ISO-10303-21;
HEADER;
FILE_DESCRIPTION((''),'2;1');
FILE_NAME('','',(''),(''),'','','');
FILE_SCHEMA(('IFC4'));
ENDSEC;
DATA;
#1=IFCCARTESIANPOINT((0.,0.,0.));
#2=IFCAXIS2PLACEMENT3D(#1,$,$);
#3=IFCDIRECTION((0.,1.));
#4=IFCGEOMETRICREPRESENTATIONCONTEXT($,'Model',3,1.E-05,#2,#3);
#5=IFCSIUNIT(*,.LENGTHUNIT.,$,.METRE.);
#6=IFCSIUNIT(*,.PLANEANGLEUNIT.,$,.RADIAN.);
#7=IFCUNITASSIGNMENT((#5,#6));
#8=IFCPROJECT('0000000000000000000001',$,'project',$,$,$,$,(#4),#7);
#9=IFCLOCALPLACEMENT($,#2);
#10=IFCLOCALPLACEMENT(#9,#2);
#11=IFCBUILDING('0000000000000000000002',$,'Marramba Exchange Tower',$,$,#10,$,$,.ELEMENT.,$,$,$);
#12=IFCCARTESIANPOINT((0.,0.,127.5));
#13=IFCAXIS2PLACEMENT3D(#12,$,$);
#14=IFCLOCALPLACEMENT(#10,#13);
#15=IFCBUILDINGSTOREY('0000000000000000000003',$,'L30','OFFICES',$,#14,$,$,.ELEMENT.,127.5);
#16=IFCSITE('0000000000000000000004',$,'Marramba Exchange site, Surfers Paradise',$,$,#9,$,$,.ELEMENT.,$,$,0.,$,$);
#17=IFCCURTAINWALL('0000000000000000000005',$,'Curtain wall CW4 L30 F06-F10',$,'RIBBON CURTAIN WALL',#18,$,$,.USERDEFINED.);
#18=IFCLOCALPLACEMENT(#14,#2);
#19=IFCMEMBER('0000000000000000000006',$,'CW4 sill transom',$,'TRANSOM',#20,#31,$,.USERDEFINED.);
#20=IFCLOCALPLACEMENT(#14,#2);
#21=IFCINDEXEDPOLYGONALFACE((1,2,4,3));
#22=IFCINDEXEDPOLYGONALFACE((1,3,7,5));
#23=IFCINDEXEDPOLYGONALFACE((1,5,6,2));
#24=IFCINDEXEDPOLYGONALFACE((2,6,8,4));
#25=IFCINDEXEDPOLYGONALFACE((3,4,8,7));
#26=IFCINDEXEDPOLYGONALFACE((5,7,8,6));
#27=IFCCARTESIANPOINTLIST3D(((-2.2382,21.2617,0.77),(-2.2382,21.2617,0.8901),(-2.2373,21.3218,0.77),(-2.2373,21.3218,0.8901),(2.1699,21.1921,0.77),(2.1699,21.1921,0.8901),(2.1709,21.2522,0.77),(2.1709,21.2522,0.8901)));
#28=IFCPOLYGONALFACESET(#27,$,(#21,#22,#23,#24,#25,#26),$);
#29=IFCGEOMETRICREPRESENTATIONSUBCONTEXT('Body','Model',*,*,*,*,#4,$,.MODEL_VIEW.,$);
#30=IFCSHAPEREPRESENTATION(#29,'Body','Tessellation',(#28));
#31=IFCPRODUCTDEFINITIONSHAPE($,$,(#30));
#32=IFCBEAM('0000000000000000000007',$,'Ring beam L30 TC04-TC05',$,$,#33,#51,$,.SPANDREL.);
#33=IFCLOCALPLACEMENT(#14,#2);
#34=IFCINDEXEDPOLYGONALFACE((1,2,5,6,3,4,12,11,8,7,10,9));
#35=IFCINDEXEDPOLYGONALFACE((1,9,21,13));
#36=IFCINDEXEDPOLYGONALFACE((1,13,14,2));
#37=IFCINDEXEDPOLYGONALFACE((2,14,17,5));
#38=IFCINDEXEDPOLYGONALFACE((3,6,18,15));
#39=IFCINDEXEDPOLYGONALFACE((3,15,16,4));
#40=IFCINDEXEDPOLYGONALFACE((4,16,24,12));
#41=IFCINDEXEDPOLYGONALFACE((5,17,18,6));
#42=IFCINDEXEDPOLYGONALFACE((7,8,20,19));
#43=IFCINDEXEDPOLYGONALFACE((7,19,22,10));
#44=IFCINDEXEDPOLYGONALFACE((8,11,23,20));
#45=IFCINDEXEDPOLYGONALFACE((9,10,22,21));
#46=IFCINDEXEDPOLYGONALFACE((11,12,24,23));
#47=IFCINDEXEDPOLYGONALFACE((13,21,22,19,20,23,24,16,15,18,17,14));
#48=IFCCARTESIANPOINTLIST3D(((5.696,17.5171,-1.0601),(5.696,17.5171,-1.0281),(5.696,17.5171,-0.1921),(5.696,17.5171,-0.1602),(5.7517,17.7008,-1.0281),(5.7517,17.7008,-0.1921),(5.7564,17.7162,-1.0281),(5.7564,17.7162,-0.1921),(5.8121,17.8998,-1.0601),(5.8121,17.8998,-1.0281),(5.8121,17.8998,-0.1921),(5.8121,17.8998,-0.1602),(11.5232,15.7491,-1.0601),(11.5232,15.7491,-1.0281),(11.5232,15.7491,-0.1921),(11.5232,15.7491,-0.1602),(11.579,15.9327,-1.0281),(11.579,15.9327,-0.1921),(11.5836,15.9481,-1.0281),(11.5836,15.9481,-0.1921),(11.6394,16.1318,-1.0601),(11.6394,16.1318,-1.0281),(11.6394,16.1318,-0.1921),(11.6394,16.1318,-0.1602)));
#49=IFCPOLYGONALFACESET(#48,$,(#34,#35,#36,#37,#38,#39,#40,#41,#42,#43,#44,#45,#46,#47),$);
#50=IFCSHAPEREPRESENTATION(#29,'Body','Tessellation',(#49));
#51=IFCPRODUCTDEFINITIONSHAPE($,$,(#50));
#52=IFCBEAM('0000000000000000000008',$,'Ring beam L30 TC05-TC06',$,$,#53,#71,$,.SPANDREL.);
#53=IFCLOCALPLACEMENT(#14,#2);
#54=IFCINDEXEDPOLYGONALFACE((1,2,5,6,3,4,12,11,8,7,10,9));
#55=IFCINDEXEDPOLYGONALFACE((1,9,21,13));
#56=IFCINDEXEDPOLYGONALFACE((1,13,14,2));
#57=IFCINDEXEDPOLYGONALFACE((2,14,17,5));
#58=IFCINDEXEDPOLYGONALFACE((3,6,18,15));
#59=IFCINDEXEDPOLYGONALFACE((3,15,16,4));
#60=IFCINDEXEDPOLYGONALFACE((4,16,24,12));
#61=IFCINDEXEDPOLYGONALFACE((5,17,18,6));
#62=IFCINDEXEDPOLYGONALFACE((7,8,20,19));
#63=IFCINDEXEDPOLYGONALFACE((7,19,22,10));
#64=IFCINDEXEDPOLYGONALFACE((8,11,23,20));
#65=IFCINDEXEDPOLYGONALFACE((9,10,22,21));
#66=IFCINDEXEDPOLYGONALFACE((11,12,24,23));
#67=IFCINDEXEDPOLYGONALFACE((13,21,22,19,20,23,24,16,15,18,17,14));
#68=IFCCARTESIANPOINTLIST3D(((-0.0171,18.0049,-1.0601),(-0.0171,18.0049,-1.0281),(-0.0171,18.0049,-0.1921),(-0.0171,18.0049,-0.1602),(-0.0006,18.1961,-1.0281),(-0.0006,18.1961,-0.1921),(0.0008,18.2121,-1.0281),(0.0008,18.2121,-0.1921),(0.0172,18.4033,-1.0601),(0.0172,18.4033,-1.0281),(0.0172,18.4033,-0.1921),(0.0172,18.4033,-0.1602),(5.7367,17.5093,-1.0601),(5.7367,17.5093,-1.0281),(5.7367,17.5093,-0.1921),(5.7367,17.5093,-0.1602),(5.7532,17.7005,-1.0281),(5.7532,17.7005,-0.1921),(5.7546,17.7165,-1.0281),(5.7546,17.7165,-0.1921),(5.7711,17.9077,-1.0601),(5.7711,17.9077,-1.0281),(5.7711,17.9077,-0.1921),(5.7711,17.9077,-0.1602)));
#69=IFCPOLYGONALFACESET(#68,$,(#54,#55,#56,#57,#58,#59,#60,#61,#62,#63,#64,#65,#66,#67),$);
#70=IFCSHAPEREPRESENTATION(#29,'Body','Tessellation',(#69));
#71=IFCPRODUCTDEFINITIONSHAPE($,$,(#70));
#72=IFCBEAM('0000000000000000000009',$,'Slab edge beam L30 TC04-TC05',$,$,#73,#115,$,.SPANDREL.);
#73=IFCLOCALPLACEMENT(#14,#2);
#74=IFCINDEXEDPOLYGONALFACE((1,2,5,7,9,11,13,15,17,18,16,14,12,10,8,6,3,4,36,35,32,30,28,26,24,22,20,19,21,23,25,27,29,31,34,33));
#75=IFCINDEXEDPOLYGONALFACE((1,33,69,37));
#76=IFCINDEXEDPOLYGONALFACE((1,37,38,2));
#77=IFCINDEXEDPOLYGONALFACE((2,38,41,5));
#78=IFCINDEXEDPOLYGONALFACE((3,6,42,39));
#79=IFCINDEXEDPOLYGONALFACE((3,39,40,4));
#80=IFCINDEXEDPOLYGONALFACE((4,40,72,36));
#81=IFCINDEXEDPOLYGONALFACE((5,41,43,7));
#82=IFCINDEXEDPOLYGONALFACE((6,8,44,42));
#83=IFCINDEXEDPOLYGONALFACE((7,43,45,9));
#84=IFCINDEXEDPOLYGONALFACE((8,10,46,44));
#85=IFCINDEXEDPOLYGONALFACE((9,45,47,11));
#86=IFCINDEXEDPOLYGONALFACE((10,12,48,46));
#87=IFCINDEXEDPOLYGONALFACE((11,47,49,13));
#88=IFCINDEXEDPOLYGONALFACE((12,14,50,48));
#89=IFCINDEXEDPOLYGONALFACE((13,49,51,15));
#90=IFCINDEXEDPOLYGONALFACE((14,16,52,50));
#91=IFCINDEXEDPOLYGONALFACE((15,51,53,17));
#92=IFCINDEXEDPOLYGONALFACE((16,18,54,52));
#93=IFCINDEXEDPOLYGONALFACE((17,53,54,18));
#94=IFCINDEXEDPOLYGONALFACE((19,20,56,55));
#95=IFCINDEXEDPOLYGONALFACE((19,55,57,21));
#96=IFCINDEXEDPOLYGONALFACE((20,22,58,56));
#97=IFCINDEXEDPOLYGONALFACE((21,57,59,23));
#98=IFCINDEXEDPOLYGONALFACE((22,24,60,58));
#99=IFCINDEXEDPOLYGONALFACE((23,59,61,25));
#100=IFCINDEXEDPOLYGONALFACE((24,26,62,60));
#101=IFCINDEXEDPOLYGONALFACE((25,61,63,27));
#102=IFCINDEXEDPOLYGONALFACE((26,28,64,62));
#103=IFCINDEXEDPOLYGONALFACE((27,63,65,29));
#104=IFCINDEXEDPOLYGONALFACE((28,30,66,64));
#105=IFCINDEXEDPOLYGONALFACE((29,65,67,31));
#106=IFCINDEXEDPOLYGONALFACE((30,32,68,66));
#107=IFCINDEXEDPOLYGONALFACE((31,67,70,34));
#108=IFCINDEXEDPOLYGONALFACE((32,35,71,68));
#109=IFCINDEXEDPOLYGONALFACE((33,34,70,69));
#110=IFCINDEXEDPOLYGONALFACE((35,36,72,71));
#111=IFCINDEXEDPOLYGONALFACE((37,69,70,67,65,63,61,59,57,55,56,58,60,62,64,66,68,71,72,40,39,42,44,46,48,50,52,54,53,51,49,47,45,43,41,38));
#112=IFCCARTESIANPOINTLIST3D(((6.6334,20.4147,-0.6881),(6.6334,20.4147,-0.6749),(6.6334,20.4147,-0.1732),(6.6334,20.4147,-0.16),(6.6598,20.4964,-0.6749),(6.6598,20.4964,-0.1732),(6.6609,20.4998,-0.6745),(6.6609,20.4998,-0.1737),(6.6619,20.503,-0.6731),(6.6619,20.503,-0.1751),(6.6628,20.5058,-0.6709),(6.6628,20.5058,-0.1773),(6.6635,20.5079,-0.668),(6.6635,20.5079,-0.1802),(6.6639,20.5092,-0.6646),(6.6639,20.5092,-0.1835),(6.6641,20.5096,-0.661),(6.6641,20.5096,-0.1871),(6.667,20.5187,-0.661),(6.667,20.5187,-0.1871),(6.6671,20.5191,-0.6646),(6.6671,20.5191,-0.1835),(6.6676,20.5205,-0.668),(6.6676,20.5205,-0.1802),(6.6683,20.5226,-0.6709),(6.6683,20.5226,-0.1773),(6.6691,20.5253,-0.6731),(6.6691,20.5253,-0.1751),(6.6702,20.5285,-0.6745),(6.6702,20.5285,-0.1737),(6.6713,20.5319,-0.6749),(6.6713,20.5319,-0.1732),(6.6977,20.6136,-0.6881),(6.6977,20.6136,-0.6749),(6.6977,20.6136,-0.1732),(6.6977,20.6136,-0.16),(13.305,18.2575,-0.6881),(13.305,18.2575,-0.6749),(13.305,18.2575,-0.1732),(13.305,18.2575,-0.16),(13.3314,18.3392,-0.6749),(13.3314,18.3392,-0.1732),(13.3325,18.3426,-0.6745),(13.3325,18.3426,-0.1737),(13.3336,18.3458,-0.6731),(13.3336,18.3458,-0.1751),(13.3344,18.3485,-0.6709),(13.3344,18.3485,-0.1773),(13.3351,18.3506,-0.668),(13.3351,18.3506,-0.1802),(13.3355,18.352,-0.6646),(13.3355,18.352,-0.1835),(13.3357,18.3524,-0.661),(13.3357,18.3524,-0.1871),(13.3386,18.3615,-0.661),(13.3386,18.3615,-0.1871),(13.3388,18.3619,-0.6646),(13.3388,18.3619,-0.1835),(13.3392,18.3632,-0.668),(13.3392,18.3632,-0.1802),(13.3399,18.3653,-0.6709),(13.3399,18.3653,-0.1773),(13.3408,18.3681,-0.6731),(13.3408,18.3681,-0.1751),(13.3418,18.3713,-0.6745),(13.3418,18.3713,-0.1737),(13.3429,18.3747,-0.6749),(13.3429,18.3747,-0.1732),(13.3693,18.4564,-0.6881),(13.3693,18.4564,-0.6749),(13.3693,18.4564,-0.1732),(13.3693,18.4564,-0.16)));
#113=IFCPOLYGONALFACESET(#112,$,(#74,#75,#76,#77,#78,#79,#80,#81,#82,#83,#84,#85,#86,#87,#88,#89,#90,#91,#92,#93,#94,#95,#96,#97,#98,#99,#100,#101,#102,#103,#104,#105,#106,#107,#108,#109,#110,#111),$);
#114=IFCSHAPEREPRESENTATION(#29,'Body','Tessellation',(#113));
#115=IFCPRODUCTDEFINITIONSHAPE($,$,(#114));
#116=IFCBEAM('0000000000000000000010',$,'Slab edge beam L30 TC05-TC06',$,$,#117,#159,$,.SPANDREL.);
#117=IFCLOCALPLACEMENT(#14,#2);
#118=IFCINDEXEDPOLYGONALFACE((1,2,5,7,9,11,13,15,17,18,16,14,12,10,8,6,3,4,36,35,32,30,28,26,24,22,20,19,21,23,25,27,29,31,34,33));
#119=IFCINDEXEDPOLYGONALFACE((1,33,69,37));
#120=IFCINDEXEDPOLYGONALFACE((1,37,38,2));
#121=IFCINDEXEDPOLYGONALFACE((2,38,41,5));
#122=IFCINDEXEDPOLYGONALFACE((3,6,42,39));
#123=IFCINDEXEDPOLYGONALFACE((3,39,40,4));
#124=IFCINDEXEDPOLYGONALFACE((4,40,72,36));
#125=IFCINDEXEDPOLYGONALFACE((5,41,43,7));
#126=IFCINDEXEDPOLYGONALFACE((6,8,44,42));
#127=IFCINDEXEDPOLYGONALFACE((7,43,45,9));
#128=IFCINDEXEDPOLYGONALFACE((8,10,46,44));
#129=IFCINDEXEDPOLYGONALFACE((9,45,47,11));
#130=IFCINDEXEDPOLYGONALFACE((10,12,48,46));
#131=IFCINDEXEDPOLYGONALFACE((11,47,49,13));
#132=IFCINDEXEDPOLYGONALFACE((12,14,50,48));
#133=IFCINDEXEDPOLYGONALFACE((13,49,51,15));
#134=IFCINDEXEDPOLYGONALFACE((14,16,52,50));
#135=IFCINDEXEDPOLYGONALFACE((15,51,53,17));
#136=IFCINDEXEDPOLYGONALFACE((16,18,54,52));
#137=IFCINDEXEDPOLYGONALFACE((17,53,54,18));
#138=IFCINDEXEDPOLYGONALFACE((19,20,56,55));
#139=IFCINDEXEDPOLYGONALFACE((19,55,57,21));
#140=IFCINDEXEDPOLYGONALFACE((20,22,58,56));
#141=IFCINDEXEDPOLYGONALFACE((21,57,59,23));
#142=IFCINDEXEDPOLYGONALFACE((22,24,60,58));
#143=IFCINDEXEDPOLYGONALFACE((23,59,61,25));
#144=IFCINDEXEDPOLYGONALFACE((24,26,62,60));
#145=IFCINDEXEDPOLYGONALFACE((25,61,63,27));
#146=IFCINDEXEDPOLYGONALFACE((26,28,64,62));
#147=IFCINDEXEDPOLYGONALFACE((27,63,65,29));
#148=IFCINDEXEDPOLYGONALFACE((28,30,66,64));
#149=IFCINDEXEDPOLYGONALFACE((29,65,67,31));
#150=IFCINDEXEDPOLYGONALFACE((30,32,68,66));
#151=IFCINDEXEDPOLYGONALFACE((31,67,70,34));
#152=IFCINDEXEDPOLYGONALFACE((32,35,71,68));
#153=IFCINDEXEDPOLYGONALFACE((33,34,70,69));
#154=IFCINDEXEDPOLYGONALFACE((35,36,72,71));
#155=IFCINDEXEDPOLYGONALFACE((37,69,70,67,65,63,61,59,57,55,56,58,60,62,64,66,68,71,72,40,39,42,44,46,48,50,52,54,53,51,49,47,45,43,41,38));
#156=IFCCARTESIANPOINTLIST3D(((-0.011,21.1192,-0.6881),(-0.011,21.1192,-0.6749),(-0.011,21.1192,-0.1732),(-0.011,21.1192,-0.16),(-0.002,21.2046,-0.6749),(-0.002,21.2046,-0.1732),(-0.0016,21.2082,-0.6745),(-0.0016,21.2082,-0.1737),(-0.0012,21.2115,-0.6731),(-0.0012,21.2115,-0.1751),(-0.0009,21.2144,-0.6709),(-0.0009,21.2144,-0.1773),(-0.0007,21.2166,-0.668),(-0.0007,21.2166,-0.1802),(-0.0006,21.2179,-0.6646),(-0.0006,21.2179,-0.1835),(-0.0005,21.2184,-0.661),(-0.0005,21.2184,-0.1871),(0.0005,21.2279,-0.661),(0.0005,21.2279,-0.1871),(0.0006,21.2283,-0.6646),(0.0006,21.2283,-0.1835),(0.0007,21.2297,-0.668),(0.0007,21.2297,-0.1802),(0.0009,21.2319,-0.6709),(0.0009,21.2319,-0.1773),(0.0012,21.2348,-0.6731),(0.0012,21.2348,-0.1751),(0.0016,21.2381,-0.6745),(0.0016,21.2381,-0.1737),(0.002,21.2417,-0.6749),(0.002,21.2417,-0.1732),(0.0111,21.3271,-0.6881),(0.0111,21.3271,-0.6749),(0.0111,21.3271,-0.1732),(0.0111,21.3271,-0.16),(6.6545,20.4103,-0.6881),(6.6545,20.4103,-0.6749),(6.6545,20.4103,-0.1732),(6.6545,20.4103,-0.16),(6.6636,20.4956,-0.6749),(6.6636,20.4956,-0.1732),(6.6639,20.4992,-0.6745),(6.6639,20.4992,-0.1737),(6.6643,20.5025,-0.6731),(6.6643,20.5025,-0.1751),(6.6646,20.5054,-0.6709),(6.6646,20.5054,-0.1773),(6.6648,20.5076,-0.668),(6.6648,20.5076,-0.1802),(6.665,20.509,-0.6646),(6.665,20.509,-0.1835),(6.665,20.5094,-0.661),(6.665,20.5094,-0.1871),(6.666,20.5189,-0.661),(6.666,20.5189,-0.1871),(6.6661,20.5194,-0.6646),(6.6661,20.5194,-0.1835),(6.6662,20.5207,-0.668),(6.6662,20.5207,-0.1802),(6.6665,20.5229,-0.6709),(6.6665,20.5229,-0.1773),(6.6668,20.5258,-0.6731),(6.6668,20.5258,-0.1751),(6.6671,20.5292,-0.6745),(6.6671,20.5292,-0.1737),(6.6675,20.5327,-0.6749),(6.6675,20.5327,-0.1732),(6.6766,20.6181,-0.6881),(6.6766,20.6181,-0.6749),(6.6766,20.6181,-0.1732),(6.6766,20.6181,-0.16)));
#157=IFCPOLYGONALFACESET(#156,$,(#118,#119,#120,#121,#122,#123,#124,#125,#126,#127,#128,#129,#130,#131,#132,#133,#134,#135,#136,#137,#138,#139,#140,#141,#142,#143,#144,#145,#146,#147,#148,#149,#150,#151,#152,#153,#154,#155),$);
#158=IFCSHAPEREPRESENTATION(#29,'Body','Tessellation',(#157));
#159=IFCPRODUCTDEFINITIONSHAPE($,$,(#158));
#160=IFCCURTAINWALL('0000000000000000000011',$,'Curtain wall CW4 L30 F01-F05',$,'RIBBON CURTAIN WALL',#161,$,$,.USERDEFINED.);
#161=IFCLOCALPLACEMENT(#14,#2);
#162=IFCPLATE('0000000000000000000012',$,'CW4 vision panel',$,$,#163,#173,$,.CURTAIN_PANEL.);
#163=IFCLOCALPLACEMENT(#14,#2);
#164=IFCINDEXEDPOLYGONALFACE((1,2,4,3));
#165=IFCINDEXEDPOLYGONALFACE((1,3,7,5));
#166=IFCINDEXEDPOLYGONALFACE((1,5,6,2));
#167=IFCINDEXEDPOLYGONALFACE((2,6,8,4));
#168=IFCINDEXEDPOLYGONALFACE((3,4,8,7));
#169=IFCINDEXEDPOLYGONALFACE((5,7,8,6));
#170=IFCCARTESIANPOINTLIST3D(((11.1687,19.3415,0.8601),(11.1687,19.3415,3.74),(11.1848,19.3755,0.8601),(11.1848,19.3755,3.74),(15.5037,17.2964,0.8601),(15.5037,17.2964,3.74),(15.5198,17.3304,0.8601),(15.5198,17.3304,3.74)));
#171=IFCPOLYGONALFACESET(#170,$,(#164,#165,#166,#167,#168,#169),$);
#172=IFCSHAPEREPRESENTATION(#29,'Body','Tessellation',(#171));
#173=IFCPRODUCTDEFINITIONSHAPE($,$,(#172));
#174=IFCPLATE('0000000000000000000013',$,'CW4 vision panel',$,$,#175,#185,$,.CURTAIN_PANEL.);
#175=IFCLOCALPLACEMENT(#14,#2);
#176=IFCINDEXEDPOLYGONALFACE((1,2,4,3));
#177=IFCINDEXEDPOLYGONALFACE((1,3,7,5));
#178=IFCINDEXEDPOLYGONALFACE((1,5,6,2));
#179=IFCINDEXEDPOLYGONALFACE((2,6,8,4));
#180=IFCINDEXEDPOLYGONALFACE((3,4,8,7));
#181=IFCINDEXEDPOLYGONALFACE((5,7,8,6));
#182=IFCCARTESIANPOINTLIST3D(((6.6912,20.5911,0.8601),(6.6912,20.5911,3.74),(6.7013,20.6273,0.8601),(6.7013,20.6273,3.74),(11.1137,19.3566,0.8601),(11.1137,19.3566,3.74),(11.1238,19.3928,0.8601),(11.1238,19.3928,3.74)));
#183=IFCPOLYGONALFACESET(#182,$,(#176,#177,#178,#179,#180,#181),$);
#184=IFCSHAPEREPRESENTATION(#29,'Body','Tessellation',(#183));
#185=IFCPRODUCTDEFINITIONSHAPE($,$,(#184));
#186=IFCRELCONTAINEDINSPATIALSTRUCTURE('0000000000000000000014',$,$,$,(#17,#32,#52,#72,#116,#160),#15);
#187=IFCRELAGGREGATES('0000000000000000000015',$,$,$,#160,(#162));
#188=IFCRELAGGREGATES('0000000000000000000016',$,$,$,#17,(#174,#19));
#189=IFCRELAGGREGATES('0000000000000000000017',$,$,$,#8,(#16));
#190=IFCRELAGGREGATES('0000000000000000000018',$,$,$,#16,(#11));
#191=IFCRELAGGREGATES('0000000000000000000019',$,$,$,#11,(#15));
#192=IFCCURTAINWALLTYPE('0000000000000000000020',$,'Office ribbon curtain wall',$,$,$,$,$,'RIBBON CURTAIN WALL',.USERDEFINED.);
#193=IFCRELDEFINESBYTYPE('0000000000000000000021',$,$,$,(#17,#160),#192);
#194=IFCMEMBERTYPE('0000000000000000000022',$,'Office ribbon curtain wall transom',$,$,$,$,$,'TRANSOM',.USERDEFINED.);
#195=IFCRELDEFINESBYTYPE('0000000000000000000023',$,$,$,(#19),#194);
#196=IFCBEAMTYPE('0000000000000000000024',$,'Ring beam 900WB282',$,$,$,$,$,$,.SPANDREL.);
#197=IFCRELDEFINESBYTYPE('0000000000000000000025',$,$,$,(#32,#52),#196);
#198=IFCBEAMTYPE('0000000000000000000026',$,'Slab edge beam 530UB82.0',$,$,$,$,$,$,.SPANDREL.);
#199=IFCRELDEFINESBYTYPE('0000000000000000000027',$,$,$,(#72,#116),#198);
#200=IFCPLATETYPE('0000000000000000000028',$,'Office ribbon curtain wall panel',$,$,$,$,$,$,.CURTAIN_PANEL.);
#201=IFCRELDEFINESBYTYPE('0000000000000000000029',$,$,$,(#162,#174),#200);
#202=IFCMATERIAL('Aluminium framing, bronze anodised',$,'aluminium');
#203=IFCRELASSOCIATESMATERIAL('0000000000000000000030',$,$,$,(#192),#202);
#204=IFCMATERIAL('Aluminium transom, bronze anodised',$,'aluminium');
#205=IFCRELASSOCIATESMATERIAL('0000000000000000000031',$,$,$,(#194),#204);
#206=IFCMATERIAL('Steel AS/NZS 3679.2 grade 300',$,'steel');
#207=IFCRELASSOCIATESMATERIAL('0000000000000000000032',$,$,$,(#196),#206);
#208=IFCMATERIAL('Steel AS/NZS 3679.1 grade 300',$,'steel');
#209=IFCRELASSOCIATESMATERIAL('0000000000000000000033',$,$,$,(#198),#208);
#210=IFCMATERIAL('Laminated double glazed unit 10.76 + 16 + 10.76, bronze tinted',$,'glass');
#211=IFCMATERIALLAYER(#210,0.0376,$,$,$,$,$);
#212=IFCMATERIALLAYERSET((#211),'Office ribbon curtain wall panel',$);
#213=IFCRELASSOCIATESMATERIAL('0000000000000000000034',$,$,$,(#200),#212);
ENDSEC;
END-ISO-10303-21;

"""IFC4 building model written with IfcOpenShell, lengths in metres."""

from ifc_helpers import new_model, si_unit, direction, frame, origin, origin_2d, place, context, subcontext, project, spatial, rectangle, i_section, extrude, material, layer, layer_set, material_profile, profile_set, type_object, element, aggregate, save


model = new_model("IFC4")

# Units and contexts
model_context = context("Model", 3, precision=1e-05, world=origin(), true_north=direction((0.0, 1.0)))
body_context = subcontext(model_context, "Body", "Model", "MODEL_VIEW")
ifc_project = project(units=[si_unit("LENGTHUNIT", "METRE"), si_unit("PLANEANGLEUNIT", "RADIAN")], contexts=[model_context])

# Site, building, storey
site_placement = place(None, origin())
site = spatial("IfcSite", under=ifc_project, at=site_placement, Name="Marramba Exchange site, Surfers Paradise", CompositionType="ELEMENT", RefElevation=0.0)
building_placement = place(site_placement, origin())
building = spatial("IfcBuilding", under=site, at=building_placement, Name="Marramba Exchange Tower", CompositionType="ELEMENT")
storey_placement = place(building_placement, frame((0.0, 0.0, 127.5)))
storey = spatial("IfcBuildingStorey", under=building, at=storey_placement, Name="L30", Description="OFFICES", CompositionType="ELEMENT", Elevation=127.5)

# Shared definitions
ifc_material_1 = material(Name="Steel AS/NZS 3679.2 grade 300", Category="steel")
ifc_material_2 = material(Name="Steel AS/NZS 3679.1 grade 300", Category="steel")

# Curtain wall, member
ifc_material_3 = material(Name="Aluminium framing, bronze anodised", Category="aluminium")
curtain_wall_type = type_object("IfcCurtainWallType", Name="Office ribbon curtain wall", ElementType="RIBBON CURTAIN WALL", PredefinedType="USERDEFINED", material=ifc_material_3)
curtain_wall_1_placement = place(storey_placement, origin())
curtain_wall_1 = element("IfcCurtainWall", 1, at=curtain_wall_1_placement, inside=storey, type_object=curtain_wall_type, Name="Curtain wall CW4 L30 F06-F10", ObjectType="RIBBON CURTAIN WALL", PredefinedType="USERDEFINED")
ifc_material_4 = material(Name="Aluminium transom, bronze anodised", Category="aluminium")
ifc_material_profile_1 = material_profile(ifc_material_4, rectangle(XDim=0.0601, YDim=0.1201, at=origin_2d()), Name="CW4 transom 60x120")
ifc_profile_set_1 = profile_set([ifc_material_profile_1], Name="Aluminium transom, bronze anodised")
member_type_1 = type_object("IfcMemberType", Name="Office ribbon curtain wall transom", ElementType="TRANSOM", PredefinedType="USERDEFINED", material=ifc_profile_set_1)
member_1_placement = place(storey_placement, frame((2.1704, 21.2222, 0.8301), z_axis=(-0.999875, 0.015782, 0.0), x_axis=(-0.015782, -0.999875, 0.0)))
member_1 = element("IfcMember", 2, at=member_1_placement, type_object=member_type_1, Name="CW4 sill transom", ObjectType="TRANSOM", PredefinedType="USERDEFINED", context=body_context, shape_type="SweptSolid", body=[
    extrude(rectangle(XDim=0.0601, YDim=0.1201, at=origin_2d()), origin(), (0.0, 0.0, 1.0), 4.4087),
])

# Beams
ifc_material_profile_2 = material_profile(ifc_material_1, i_section(OverallWidth=0.3999, OverallDepth=0.8999, WebThickness=0.0161, FlangeThickness=0.032, at=origin_2d()), Name="900WB282")
ifc_profile_set_2 = profile_set([ifc_material_profile_2], Name="Steel AS/NZS 3679.2 grade 300")
beam_type_1 = type_object("IfcBeamType", Name="Ring beam 900WB282", PredefinedType="SPANDREL", material=ifc_profile_set_2)
beam_1_placement = place(storey_placement, frame((11.5813, 15.9404, -0.6101), z_axis=(-0.956925, 0.290337, 0.0), x_axis=(-0.290337, -0.956925, 0.0)))
element("IfcBeam", 3, at=beam_1_placement, inside=storey, type_object=beam_type_1, Name="Ring beam L30 TC04-TC05", PredefinedType="SPANDREL", context=body_context, shape_type="SweptSolid", body=[
    extrude(i_section(OverallWidth=0.3999, OverallDepth=0.8999, WebThickness=0.0161, FlangeThickness=0.032, at=origin_2d()), origin(), (0.0, 0.0, 1.0), 6.0896),
])
beam_2_placement = place(storey_placement, frame((5.7539, 17.7085, -0.6101), z_axis=(-0.996311, 0.085816, 0.0), x_axis=(-0.085816, -0.996311, 0.0)))
element("IfcBeam", 4, at=beam_2_placement, inside=storey, type_object=beam_type_1, Name="Ring beam L30 TC05-TC06", PredefinedType="SPANDREL", context=body_context, shape_type="SweptSolid", body=[
    extrude(i_section(OverallWidth=0.3999, OverallDepth=0.8999, WebThickness=0.0161, FlangeThickness=0.032, at=origin_2d()), origin(), (0.0, 0.0, 1.0), 5.7751),
])
ifc_material_profile_3 = material_profile(ifc_material_2, i_section(OverallWidth=0.209, OverallDepth=0.5281, WebThickness=0.0095, FlangeThickness=0.0132, FilletRadius=0.0139, at=origin_2d()), Name="530UB82.0")
ifc_profile_set_3 = profile_set([ifc_material_profile_3], Name="Steel AS/NZS 3679.1 grade 300")
beam_type_2 = type_object("IfcBeamType", Name="Slab edge beam 530UB82.0", PredefinedType="SPANDREL", material=ifc_profile_set_3)
beam_3_placement = place(storey_placement, frame((13.3372, 18.3569, -0.4241), z_axis=(-0.951496, 0.30766, 0.0), x_axis=(-0.30766, -0.951496, 0.0)))
element("IfcBeam", 5, at=beam_3_placement, inside=storey, type_object=beam_type_2, Name="Slab edge beam L30 TC04-TC05", PredefinedType="SPANDREL", context=body_context, shape_type="SweptSolid", body=[
    extrude(i_section(OverallWidth=0.209, OverallDepth=0.5281, WebThickness=0.0095, FlangeThickness=0.0132, FilletRadius=0.0139, at=origin_2d()), origin(), (0.0, 0.0, 1.0), 7.0117),
])
beam_4_placement = place(storey_placement, frame((6.6655, 20.5142, -0.4241), z_axis=(-0.994391, 0.105769, 0.0), x_axis=(-0.105769, -0.994391, 0.0)))
element("IfcBeam", 6, at=beam_4_placement, inside=storey, type_object=beam_type_2, Name="Slab edge beam L30 TC05-TC06", PredefinedType="SPANDREL", context=body_context, shape_type="SweptSolid", body=[
    extrude(i_section(OverallWidth=0.209, OverallDepth=0.5281, WebThickness=0.0095, FlangeThickness=0.0132, FilletRadius=0.0139, at=origin_2d()), origin(), (0.0, 0.0, 1.0), 6.7031),
])

# Curtain wall, plate
curtain_wall_2_placement = place(storey_placement, origin())
curtain_wall_2 = element("IfcCurtainWall", 7, at=curtain_wall_2_placement, inside=storey, type_object=curtain_wall_type, Name="Curtain wall CW4 L30 F01-F05", ObjectType="RIBBON CURTAIN WALL", PredefinedType="USERDEFINED")
ifc_material_5 = material(Name="Laminated double glazed unit 10.76 + 16 + 10.76, bronze tinted", Category="glass")
ifc_layer_1 = layer(ifc_material_5, 0.0376)
ifc_layer_set_1 = layer_set([ifc_layer_1], Name="Office ribbon curtain wall panel")
plate_type = type_object("IfcPlateType", Name="Office ribbon curtain wall panel", PredefinedType="CURTAIN_PANEL", material=ifc_layer_set_1)
plate_1_placement = place(storey_placement, frame((13.3442, 18.3359, 0.8601), z_axis=(0.0, 0.0, 1.0), x_axis=(-0.904403, 0.426679, 0.0)))
plate_1 = element("IfcPlate", 8, at=plate_1_placement, type_object=plate_type, Name="CW4 vision panel", PredefinedType="CURTAIN_PANEL", context=body_context, shape_type="SweptSolid", body=[
    extrude(rectangle(XDim=4.7932, YDim=0.0376, at=origin_2d()), origin(), (0.0, 0.0, 1.0), 2.8799),
])
aggregate(curtain_wall_2, [plate_1])

# Plate
plate_2_placement = place(storey_placement, frame((8.9075, 19.9919, 0.8601), z_axis=(0.0, 0.0, 1.0), x_axis=(-0.963178, 0.268865, 0.0)))
plate_2 = element("IfcPlate", 9, at=plate_2_placement, type_object=plate_type, Name="CW4 vision panel", PredefinedType="CURTAIN_PANEL", context=body_context, shape_type="SweptSolid", body=[
    extrude(rectangle(XDim=4.5916, YDim=0.0376, at=origin_2d()), origin(), (0.0, 0.0, 1.0), 2.8799),
])
aggregate(curtain_wall_1, [plate_2, member_1])

save(model, "model.ifc")
